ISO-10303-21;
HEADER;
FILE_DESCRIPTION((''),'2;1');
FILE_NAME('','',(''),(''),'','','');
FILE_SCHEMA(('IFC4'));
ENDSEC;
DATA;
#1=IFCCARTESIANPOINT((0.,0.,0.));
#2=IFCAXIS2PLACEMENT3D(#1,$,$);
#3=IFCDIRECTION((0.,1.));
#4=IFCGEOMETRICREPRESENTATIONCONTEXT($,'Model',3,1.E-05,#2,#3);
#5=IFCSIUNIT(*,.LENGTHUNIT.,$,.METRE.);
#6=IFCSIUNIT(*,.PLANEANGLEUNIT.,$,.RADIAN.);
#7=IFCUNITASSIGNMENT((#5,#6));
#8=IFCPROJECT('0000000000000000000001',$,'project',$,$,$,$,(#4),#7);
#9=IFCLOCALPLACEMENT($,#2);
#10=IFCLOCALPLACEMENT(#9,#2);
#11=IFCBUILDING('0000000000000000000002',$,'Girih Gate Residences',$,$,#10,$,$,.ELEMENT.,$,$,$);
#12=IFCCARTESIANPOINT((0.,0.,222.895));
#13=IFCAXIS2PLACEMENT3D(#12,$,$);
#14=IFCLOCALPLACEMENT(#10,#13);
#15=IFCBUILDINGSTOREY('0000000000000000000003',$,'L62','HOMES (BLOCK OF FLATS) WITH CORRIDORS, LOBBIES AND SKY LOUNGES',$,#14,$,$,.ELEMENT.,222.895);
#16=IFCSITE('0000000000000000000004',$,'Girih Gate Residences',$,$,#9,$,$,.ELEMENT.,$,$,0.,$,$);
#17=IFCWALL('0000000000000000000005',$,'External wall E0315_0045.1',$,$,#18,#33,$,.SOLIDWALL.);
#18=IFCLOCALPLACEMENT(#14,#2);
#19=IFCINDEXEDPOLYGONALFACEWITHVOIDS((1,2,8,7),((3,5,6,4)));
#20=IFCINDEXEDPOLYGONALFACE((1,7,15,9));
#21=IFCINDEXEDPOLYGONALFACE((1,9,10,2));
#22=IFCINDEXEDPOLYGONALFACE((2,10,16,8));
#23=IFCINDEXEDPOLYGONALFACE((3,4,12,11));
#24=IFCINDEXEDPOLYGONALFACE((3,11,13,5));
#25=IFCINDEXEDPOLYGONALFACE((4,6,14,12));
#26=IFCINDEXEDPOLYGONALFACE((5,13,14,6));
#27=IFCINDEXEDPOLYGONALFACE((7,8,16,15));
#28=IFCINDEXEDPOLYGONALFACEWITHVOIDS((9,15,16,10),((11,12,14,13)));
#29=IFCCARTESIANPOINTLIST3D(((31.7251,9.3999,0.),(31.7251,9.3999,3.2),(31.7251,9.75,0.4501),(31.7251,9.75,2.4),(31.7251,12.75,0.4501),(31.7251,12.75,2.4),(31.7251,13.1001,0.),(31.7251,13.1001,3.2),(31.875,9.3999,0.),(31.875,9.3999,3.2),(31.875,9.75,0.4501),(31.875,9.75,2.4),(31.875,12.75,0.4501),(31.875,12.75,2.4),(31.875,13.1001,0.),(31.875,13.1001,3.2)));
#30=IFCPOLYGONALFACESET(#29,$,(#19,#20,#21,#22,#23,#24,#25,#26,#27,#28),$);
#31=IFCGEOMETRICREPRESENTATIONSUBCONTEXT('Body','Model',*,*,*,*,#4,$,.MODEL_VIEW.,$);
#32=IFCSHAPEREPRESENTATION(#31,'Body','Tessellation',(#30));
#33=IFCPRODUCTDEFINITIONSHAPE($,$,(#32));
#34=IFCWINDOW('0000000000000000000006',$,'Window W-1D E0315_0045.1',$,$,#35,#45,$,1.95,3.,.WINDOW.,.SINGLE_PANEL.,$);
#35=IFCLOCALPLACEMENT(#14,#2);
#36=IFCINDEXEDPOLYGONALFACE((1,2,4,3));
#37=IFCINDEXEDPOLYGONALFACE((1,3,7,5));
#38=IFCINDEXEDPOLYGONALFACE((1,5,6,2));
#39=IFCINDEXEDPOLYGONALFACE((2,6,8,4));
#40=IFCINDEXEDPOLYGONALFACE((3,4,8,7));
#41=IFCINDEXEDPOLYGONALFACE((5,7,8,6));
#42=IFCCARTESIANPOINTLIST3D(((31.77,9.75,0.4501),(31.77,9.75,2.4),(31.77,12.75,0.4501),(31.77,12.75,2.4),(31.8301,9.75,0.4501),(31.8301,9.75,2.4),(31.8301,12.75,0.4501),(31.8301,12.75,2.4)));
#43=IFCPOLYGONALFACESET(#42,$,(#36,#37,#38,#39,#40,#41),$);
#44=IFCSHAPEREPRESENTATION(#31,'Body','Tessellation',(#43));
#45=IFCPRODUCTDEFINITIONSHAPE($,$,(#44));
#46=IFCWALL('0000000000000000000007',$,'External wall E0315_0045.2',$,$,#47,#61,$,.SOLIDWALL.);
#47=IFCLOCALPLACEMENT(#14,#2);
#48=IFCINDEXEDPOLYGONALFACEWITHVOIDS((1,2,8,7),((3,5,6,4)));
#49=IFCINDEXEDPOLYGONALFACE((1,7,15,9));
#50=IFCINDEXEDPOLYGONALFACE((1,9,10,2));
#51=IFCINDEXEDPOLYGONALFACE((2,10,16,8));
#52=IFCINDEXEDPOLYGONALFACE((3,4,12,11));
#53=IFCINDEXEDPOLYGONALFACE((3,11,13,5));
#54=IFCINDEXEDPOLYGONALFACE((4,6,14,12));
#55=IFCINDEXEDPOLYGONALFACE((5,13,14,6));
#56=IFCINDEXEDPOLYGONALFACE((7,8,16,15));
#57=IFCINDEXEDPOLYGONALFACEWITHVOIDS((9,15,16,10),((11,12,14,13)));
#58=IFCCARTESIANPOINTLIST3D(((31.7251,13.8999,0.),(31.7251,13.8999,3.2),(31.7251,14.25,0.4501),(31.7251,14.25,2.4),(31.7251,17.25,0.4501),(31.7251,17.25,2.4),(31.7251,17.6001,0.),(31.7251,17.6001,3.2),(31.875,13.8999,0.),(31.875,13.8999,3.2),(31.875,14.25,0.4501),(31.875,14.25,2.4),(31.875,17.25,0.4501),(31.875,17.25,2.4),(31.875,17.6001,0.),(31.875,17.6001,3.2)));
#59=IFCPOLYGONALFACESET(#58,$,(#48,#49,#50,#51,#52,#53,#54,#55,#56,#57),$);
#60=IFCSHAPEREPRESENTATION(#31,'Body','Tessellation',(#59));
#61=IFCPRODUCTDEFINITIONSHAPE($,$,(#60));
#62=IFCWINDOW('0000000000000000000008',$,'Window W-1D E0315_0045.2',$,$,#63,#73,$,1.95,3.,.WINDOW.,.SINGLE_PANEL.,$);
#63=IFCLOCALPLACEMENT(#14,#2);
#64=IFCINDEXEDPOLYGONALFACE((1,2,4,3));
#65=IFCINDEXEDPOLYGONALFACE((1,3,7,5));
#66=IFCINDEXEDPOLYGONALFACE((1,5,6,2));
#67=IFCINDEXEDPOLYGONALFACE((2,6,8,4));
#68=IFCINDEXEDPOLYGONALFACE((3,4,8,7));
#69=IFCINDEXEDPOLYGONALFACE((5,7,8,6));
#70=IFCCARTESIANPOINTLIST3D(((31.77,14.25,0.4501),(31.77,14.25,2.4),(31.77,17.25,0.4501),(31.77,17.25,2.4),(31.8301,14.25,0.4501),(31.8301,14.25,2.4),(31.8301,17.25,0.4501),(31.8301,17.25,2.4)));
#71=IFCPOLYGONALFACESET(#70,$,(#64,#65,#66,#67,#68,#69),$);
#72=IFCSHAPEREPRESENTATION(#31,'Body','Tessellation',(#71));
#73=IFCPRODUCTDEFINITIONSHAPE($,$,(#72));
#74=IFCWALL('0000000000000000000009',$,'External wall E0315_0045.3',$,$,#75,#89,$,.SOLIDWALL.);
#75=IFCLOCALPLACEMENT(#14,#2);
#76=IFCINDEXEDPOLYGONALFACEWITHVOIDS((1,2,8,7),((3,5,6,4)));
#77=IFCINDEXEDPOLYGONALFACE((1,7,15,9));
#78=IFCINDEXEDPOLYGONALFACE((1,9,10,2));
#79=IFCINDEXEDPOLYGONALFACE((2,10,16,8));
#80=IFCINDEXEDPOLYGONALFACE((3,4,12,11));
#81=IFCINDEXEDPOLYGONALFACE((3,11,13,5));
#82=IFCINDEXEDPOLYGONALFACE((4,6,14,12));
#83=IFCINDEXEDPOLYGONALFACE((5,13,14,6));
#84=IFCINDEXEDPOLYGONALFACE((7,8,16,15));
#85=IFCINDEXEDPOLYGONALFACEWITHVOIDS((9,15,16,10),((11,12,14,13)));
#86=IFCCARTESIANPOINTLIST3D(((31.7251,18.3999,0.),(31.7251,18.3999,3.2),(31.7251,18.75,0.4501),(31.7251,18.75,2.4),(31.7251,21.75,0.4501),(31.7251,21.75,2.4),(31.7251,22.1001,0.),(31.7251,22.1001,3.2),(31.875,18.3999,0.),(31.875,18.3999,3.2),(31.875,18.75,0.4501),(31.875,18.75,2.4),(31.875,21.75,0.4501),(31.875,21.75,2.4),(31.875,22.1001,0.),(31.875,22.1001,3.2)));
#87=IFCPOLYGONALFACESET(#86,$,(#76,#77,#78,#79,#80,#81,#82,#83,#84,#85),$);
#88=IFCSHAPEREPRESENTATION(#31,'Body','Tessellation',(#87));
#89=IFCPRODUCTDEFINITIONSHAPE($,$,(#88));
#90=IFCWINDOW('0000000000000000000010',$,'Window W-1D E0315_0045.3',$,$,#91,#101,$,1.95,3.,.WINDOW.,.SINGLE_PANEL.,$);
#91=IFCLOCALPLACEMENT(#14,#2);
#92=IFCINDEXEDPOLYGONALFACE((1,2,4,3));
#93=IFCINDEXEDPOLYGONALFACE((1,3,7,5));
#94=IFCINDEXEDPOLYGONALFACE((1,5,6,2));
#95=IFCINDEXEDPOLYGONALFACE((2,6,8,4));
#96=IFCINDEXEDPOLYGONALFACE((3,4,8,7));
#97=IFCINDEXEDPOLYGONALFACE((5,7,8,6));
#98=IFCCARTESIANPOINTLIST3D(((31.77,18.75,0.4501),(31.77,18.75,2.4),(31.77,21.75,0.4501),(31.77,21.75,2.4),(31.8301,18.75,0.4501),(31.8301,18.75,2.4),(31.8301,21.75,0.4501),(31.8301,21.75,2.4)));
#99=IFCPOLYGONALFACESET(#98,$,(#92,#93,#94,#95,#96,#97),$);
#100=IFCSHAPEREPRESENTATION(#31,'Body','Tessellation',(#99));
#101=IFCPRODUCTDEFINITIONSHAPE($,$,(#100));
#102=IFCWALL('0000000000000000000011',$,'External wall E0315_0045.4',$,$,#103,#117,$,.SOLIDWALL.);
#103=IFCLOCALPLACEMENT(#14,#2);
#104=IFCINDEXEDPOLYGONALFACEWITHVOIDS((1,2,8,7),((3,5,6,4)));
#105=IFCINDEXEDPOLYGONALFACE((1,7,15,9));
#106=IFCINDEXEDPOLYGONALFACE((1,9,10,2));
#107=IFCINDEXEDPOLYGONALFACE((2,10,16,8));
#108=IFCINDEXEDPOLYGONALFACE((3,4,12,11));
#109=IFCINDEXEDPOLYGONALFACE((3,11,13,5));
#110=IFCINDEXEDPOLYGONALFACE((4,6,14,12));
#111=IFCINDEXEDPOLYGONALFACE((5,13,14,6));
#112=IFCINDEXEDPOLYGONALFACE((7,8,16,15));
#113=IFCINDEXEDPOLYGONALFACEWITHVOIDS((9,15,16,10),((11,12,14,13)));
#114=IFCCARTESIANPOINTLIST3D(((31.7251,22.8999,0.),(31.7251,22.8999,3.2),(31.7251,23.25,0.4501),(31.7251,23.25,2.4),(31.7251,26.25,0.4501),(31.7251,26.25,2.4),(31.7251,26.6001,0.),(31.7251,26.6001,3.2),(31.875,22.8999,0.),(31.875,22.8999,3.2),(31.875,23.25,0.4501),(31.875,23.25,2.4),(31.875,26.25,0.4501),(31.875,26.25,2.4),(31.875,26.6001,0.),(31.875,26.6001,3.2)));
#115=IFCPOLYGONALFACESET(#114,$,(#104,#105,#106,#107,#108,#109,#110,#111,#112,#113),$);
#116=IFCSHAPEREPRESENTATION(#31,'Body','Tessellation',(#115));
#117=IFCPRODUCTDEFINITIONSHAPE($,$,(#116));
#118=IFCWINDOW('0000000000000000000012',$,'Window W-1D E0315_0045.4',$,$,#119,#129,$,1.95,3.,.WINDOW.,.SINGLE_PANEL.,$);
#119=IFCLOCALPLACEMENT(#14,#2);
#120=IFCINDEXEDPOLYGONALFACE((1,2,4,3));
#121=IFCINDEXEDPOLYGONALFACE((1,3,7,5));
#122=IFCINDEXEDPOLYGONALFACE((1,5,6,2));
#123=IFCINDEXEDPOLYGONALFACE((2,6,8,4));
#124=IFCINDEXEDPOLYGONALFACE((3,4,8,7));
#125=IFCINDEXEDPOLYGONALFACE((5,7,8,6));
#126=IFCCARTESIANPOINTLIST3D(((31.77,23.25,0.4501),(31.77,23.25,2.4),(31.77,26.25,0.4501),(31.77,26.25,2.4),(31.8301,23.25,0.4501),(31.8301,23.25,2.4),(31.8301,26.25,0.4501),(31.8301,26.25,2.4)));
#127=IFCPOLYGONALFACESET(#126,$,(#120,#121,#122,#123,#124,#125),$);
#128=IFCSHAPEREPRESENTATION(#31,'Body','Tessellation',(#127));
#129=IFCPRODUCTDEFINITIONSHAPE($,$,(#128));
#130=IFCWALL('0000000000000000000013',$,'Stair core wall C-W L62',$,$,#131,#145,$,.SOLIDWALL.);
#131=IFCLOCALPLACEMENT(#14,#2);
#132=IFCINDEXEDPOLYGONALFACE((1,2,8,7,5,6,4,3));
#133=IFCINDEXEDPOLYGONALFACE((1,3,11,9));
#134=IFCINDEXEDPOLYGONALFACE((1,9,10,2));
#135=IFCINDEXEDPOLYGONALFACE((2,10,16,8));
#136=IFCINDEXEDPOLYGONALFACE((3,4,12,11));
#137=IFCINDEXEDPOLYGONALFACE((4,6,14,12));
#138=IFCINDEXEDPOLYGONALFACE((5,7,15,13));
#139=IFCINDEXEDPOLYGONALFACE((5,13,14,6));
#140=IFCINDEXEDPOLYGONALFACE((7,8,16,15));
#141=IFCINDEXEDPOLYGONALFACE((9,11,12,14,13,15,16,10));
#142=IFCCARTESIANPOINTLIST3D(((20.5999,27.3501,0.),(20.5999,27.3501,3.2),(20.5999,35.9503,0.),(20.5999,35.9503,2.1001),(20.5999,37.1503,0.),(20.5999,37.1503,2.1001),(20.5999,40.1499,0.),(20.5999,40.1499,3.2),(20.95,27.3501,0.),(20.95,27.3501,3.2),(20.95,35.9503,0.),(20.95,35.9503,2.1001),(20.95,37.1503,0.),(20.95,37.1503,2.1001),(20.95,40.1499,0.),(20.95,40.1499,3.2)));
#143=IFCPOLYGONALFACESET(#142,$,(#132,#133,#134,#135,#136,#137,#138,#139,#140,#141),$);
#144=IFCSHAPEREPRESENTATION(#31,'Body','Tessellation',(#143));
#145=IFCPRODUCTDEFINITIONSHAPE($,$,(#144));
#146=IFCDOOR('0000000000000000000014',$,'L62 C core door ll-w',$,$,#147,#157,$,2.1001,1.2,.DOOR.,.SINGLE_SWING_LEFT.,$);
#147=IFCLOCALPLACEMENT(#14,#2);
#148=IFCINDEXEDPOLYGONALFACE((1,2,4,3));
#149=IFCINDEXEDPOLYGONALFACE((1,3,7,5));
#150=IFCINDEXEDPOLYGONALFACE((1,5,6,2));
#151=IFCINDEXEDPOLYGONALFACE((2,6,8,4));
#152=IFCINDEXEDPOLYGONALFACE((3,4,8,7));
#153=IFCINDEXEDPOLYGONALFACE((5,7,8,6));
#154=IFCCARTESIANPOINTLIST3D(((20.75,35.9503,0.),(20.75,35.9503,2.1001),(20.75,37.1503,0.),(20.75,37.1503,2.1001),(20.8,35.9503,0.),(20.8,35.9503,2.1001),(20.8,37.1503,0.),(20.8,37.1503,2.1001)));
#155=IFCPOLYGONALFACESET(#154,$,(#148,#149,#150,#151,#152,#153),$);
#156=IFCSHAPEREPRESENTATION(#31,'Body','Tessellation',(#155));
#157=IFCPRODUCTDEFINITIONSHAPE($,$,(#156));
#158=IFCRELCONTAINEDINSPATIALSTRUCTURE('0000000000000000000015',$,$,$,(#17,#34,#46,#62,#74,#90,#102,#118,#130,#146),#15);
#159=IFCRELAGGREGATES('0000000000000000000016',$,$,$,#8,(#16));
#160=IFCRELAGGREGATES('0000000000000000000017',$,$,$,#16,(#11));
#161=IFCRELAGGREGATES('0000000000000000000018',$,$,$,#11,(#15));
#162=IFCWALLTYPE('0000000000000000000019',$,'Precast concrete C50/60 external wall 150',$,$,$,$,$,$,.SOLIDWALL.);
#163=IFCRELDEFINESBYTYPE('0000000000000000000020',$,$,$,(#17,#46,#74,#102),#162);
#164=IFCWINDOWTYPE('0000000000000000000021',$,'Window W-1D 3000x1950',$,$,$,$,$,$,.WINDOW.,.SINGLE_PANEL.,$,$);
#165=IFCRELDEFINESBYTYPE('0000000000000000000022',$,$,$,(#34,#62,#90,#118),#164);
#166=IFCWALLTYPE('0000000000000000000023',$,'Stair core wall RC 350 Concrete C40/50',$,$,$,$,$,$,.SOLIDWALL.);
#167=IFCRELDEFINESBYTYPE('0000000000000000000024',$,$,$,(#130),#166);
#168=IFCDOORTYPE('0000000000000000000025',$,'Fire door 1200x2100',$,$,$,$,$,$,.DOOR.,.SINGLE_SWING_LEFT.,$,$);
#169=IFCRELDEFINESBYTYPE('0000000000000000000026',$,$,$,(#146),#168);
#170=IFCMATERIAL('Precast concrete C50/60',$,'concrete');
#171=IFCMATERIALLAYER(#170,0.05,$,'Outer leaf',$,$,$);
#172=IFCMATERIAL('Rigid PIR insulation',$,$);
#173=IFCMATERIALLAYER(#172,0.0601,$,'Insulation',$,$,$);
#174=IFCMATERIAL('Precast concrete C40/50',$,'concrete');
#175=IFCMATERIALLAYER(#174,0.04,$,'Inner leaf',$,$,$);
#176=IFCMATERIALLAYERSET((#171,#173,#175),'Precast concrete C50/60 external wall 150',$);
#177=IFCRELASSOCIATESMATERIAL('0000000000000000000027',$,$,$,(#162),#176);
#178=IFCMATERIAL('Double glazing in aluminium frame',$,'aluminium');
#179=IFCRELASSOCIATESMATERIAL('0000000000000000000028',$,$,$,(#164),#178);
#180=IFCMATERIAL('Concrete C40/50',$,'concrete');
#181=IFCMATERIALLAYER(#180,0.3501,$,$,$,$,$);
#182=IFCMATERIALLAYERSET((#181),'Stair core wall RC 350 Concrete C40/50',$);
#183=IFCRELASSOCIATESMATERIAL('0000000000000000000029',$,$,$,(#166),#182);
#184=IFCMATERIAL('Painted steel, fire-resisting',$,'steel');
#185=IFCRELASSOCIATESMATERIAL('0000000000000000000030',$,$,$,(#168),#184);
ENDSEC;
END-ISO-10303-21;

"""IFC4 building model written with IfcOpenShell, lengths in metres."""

from ifc_helpers import new_model, si_unit, direction, frame, frame_2d, origin, place, context, subcontext, project, spatial, rectangle, extrude, material, layer, layer_set, type_object, element, fill, save


model = new_model("IFC4")

# Units and contexts
model_context = context("Model", 3, precision=1e-05, world=origin(), true_north=direction((0.0, 1.0)))
body_context = subcontext(model_context, "Body", "Model", "MODEL_VIEW")
ifc_project = project(units=[si_unit("LENGTHUNIT", "METRE"), si_unit("PLANEANGLEUNIT", "RADIAN")], contexts=[model_context])

# Site, building, storey
site_placement = place(None, origin())
site = spatial("IfcSite", under=ifc_project, at=site_placement, Name="Girih Gate Residences", CompositionType="ELEMENT", RefElevation=0.0)
building_placement = place(site_placement, origin())
building = spatial("IfcBuilding", under=site, at=building_placement, Name="Girih Gate Residences", CompositionType="ELEMENT")
storey_placement = place(building_placement, frame((0.0, 0.0, 222.895)))
storey = spatial("IfcBuildingStorey", under=building, at=storey_placement, Name="L62", Description="HOMES (BLOCK OF FLATS) WITH CORRIDORS, LOBBIES AND SKY LOUNGES", CompositionType="ELEMENT", Elevation=222.895)

# Walls, openings, windows
ifc_material_1 = material(Name="Precast concrete C50/60", Category="concrete")
ifc_layer_1 = layer(ifc_material_1, 0.05, Name="Outer leaf")
ifc_material_2 = material(Name="Rigid PIR insulation")
ifc_layer_2 = layer(ifc_material_2, 0.0601, Name="Insulation")
ifc_material_3 = material(Name="Precast concrete C40/50", Category="concrete")
ifc_layer_3 = layer(ifc_material_3, 0.04, Name="Inner leaf")
ifc_layer_set_1 = layer_set([ifc_layer_1, ifc_layer_2, ifc_layer_3], Name="Precast concrete C50/60 external wall 150")
wall_type_1 = type_object("IfcWallType", Name="Precast concrete C50/60 external wall 150", PredefinedType="SOLIDWALL", material=ifc_layer_set_1)
wall_1_placement = place(storey_placement, frame((31.8, 13.1001, 0.0), z_axis=(0.0, 0.0, 1.0), x_axis=(0.0, -1.0, 0.0)))
wall_1 = element("IfcWall", 1, at=wall_1_placement, inside=storey, type_object=wall_type_1, Name="External wall E0315_0045.1", PredefinedType="SOLIDWALL", context=body_context, shape_type="SweptSolid", body=[
    extrude(rectangle(XDim=3.7002, YDim=0.1499, at=frame_2d((1.8501, 0.0))), origin(), (0.0, 0.0, 1.0), 3.2),
])
opening_1_placement = place(wall_1_placement, frame((0.3501, 0.0, 0.45)))
opening_1 = element("IfcOpeningElement", 2, at=opening_1_placement, cuts=wall_1, PredefinedType="OPENING", context=body_context, shape_type="SweptSolid", body=[
    extrude(rectangle(XDim=3.0, YDim=1.95, at=frame_2d((1.5, 0.9751))), frame((0.0, 0.085, 0.0), z_axis=(0.0, -1.0, 0.0), x_axis=(1.0, 0.0, 0.0)), (0.0, 0.0, 1.0), 0.1699),
])
ifc_material_4 = material(Name="Double glazing in aluminium frame", Category="aluminium")
window_type = type_object("IfcWindowType", Name="Window W-1D 3000x1950", PartitioningType="SINGLE_PANEL", PredefinedType="WINDOW", material=ifc_material_4)
window_1_placement = place(opening_1_placement, origin())
window_1 = element("IfcWindow", 3, at=window_1_placement, inside=storey, type_object=window_type, Name="Window W-1D E0315_0045.1", OverallHeight=1.95, OverallWidth=3.0, PartitioningType="SINGLE_PANEL", PredefinedType="WINDOW", context=body_context, shape_type="SweptSolid", body=[
    extrude(rectangle(XDim=3.0, YDim=1.95, at=frame_2d((1.5, 0.9751))), frame((0.0, 0.03, 0.0), z_axis=(0.0, -1.0, 0.0), x_axis=(1.0, 0.0, 0.0)), (0.0, 0.0, 1.0), 0.0601),
])
fill(opening_1, window_1)
wall_2_placement = place(storey_placement, frame((31.8, 17.6001, 0.0), z_axis=(0.0, 0.0, 1.0), x_axis=(0.0, -1.0, 0.0)))
wall_2 = element("IfcWall", 4, at=wall_2_placement, inside=storey, type_object=wall_type_1, Name="External wall E0315_0045.2", PredefinedType="SOLIDWALL", context=body_context, shape_type="SweptSolid", body=[
    extrude(rectangle(XDim=3.7002, YDim=0.1499, at=frame_2d((1.8501, 0.0))), origin(), (0.0, 0.0, 1.0), 3.2),
])
opening_2_placement = place(wall_2_placement, frame((0.3501, 0.0, 0.45)))
opening_2 = element("IfcOpeningElement", 5, at=opening_2_placement, cuts=wall_2, PredefinedType="OPENING", context=body_context, shape_type="SweptSolid", body=[
    extrude(rectangle(XDim=3.0, YDim=1.95, at=frame_2d((1.5, 0.9751))), frame((0.0, 0.085, 0.0), z_axis=(0.0, -1.0, 0.0), x_axis=(1.0, 0.0, 0.0)), (0.0, 0.0, 1.0), 0.1699),
])
window_2_placement = place(opening_2_placement, origin())
window_2 = element("IfcWindow", 6, at=window_2_placement, inside=storey, type_object=window_type, Name="Window W-1D E0315_0045.2", OverallHeight=1.95, OverallWidth=3.0, PartitioningType="SINGLE_PANEL", PredefinedType="WINDOW", context=body_context, shape_type="SweptSolid", body=[
    extrude(rectangle(XDim=3.0, YDim=1.95, at=frame_2d((1.5, 0.9751))), frame((0.0, 0.03, 0.0), z_axis=(0.0, -1.0, 0.0), x_axis=(1.0, 0.0, 0.0)), (0.0, 0.0, 1.0), 0.0601),
])
fill(opening_2, window_2)
wall_3_placement = place(storey_placement, frame((31.8, 22.1001, 0.0), z_axis=(0.0, 0.0, 1.0), x_axis=(0.0, -1.0, 0.0)))
wall_3 = element("IfcWall", 7, at=wall_3_placement, inside=storey, type_object=wall_type_1, Name="External wall E0315_0045.3", PredefinedType="SOLIDWALL", context=body_context, shape_type="SweptSolid", body=[
    extrude(rectangle(XDim=3.7002, YDim=0.1499, at=frame_2d((1.8501, 0.0))), origin(), (0.0, 0.0, 1.0), 3.2),
])
opening_3_placement = place(wall_3_placement, frame((0.3501, 0.0, 0.45)))
opening_3 = element("IfcOpeningElement", 8, at=opening_3_placement, cuts=wall_3, PredefinedType="OPENING", context=body_context, shape_type="SweptSolid", body=[
    extrude(rectangle(XDim=3.0, YDim=1.95, at=frame_2d((1.5, 0.9751))), frame((0.0, 0.085, 0.0), z_axis=(0.0, -1.0, 0.0), x_axis=(1.0, 0.0, 0.0)), (0.0, 0.0, 1.0), 0.1699),
])
window_3_placement = place(opening_3_placement, origin())
window_3 = element("IfcWindow", 9, at=window_3_placement, inside=storey, type_object=window_type, Name="Window W-1D E0315_0045.3", OverallHeight=1.95, OverallWidth=3.0, PartitioningType="SINGLE_PANEL", PredefinedType="WINDOW", context=body_context, shape_type="SweptSolid", body=[
    extrude(rectangle(XDim=3.0, YDim=1.95, at=frame_2d((1.5, 0.9751))), frame((0.0, 0.03, 0.0), z_axis=(0.0, -1.0, 0.0), x_axis=(1.0, 0.0, 0.0)), (0.0, 0.0, 1.0), 0.0601),
])
fill(opening_3, window_3)
wall_4_placement = place(storey_placement, frame((31.8, 26.6001, 0.0), z_axis=(0.0, 0.0, 1.0), x_axis=(0.0, -1.0, 0.0)))
wall_4 = element("IfcWall", 10, at=wall_4_placement, inside=storey, type_object=wall_type_1, Name="External wall E0315_0045.4", PredefinedType="SOLIDWALL", context=body_context, shape_type="SweptSolid", body=[
    extrude(rectangle(XDim=3.7002, YDim=0.1499, at=frame_2d((1.8501, 0.0))), origin(), (0.0, 0.0, 1.0), 3.2),
])
opening_4_placement = place(wall_4_placement, frame((0.3501, 0.0, 0.45)))
opening_4 = element("IfcOpeningElement", 11, at=opening_4_placement, cuts=wall_4, PredefinedType="OPENING", context=body_context, shape_type="SweptSolid", body=[
    extrude(rectangle(XDim=3.0, YDim=1.95, at=frame_2d((1.5, 0.9751))), frame((0.0, 0.085, 0.0), z_axis=(0.0, -1.0, 0.0), x_axis=(1.0, 0.0, 0.0)), (0.0, 0.0, 1.0), 0.1699),
])
window_4_placement = place(opening_4_placement, origin())
window_4 = element("IfcWindow", 12, at=window_4_placement, inside=storey, type_object=window_type, Name="Window W-1D E0315_0045.4", OverallHeight=1.95, OverallWidth=3.0, PartitioningType="SINGLE_PANEL", PredefinedType="WINDOW", context=body_context, shape_type="SweptSolid", body=[
    extrude(rectangle(XDim=3.0, YDim=1.95, at=frame_2d((1.5, 0.9751))), frame((0.0, 0.03, 0.0), z_axis=(0.0, -1.0, 0.0), x_axis=(1.0, 0.0, 0.0)), (0.0, 0.0, 1.0), 0.0601),
])
fill(opening_4, window_4)

# Wall, opening, door
ifc_material_5 = material(Name="Concrete C40/50", Category="concrete")
ifc_layer_4 = layer(ifc_material_5, 0.3501)
ifc_layer_set_2 = layer_set([ifc_layer_4], Name="Stair core wall RC 350 Concrete C40/50")
wall_type_2 = type_object("IfcWallType", Name="Stair core wall RC 350 Concrete C40/50", PredefinedType="SOLIDWALL", material=ifc_layer_set_2)
wall_5_placement = place(storey_placement, frame((20.7749, 27.3501, 0.0), z_axis=(0.0, 0.0, 1.0), x_axis=(0.0, 1.0, 0.0)))
wall_5 = element("IfcWall", 13, at=wall_5_placement, inside=storey, type_object=wall_type_2, Name="Stair core wall C-W L62", PredefinedType="SOLIDWALL", context=body_context, shape_type="SweptSolid", body=[
    extrude(rectangle(XDim=12.7998, YDim=0.3501, at=frame_2d((6.3999, 0.0))), origin(), (0.0, 0.0, 1.0), 3.2),
])
opening_5_placement = place(wall_5_placement, frame((8.6001, 0.0, 0.0)))
opening_5 = element("IfcOpeningElement", 14, at=opening_5_placement, cuts=wall_5, PredefinedType="OPENING", context=body_context, shape_type="SweptSolid", body=[
    extrude(rectangle(XDim=1.2, YDim=2.1001, at=frame_2d((0.6001, 1.05))), frame((0.0, 0.1851, 0.0), z_axis=(0.0, -1.0, 0.0), x_axis=(1.0, 0.0, 0.0)), (0.0, 0.0, 1.0), 0.3701),
])
ifc_material_6 = material(Name="Painted steel, fire-resisting", Category="steel")
door_type_1 = type_object("IfcDoorType", Name="Fire door 1200x2100", OperationType="SINGLE_SWING_LEFT", PredefinedType="DOOR", material=ifc_material_6)
door_1_placement = place(opening_5_placement, origin())
door_1 = element("IfcDoor", 15, at=door_1_placement, inside=storey, type_object=door_type_1, Name="L62 C core door ll-w", OperationType="SINGLE_SWING_LEFT", OverallHeight=2.1001, OverallWidth=1.2, PredefinedType="DOOR", context=body_context, shape_type="SweptSolid", body=[
    extrude(rectangle(XDim=1.2, YDim=2.1001, at=frame_2d((0.6001, 1.05))), frame((0.0, 0.0249, 0.0), z_axis=(0.0, -1.0, 0.0), x_axis=(1.0, 0.0, 0.0)), (0.0, 0.0, 1.0), 0.05),
])
fill(opening_5, door_1)

save(model, "model.ifc")
